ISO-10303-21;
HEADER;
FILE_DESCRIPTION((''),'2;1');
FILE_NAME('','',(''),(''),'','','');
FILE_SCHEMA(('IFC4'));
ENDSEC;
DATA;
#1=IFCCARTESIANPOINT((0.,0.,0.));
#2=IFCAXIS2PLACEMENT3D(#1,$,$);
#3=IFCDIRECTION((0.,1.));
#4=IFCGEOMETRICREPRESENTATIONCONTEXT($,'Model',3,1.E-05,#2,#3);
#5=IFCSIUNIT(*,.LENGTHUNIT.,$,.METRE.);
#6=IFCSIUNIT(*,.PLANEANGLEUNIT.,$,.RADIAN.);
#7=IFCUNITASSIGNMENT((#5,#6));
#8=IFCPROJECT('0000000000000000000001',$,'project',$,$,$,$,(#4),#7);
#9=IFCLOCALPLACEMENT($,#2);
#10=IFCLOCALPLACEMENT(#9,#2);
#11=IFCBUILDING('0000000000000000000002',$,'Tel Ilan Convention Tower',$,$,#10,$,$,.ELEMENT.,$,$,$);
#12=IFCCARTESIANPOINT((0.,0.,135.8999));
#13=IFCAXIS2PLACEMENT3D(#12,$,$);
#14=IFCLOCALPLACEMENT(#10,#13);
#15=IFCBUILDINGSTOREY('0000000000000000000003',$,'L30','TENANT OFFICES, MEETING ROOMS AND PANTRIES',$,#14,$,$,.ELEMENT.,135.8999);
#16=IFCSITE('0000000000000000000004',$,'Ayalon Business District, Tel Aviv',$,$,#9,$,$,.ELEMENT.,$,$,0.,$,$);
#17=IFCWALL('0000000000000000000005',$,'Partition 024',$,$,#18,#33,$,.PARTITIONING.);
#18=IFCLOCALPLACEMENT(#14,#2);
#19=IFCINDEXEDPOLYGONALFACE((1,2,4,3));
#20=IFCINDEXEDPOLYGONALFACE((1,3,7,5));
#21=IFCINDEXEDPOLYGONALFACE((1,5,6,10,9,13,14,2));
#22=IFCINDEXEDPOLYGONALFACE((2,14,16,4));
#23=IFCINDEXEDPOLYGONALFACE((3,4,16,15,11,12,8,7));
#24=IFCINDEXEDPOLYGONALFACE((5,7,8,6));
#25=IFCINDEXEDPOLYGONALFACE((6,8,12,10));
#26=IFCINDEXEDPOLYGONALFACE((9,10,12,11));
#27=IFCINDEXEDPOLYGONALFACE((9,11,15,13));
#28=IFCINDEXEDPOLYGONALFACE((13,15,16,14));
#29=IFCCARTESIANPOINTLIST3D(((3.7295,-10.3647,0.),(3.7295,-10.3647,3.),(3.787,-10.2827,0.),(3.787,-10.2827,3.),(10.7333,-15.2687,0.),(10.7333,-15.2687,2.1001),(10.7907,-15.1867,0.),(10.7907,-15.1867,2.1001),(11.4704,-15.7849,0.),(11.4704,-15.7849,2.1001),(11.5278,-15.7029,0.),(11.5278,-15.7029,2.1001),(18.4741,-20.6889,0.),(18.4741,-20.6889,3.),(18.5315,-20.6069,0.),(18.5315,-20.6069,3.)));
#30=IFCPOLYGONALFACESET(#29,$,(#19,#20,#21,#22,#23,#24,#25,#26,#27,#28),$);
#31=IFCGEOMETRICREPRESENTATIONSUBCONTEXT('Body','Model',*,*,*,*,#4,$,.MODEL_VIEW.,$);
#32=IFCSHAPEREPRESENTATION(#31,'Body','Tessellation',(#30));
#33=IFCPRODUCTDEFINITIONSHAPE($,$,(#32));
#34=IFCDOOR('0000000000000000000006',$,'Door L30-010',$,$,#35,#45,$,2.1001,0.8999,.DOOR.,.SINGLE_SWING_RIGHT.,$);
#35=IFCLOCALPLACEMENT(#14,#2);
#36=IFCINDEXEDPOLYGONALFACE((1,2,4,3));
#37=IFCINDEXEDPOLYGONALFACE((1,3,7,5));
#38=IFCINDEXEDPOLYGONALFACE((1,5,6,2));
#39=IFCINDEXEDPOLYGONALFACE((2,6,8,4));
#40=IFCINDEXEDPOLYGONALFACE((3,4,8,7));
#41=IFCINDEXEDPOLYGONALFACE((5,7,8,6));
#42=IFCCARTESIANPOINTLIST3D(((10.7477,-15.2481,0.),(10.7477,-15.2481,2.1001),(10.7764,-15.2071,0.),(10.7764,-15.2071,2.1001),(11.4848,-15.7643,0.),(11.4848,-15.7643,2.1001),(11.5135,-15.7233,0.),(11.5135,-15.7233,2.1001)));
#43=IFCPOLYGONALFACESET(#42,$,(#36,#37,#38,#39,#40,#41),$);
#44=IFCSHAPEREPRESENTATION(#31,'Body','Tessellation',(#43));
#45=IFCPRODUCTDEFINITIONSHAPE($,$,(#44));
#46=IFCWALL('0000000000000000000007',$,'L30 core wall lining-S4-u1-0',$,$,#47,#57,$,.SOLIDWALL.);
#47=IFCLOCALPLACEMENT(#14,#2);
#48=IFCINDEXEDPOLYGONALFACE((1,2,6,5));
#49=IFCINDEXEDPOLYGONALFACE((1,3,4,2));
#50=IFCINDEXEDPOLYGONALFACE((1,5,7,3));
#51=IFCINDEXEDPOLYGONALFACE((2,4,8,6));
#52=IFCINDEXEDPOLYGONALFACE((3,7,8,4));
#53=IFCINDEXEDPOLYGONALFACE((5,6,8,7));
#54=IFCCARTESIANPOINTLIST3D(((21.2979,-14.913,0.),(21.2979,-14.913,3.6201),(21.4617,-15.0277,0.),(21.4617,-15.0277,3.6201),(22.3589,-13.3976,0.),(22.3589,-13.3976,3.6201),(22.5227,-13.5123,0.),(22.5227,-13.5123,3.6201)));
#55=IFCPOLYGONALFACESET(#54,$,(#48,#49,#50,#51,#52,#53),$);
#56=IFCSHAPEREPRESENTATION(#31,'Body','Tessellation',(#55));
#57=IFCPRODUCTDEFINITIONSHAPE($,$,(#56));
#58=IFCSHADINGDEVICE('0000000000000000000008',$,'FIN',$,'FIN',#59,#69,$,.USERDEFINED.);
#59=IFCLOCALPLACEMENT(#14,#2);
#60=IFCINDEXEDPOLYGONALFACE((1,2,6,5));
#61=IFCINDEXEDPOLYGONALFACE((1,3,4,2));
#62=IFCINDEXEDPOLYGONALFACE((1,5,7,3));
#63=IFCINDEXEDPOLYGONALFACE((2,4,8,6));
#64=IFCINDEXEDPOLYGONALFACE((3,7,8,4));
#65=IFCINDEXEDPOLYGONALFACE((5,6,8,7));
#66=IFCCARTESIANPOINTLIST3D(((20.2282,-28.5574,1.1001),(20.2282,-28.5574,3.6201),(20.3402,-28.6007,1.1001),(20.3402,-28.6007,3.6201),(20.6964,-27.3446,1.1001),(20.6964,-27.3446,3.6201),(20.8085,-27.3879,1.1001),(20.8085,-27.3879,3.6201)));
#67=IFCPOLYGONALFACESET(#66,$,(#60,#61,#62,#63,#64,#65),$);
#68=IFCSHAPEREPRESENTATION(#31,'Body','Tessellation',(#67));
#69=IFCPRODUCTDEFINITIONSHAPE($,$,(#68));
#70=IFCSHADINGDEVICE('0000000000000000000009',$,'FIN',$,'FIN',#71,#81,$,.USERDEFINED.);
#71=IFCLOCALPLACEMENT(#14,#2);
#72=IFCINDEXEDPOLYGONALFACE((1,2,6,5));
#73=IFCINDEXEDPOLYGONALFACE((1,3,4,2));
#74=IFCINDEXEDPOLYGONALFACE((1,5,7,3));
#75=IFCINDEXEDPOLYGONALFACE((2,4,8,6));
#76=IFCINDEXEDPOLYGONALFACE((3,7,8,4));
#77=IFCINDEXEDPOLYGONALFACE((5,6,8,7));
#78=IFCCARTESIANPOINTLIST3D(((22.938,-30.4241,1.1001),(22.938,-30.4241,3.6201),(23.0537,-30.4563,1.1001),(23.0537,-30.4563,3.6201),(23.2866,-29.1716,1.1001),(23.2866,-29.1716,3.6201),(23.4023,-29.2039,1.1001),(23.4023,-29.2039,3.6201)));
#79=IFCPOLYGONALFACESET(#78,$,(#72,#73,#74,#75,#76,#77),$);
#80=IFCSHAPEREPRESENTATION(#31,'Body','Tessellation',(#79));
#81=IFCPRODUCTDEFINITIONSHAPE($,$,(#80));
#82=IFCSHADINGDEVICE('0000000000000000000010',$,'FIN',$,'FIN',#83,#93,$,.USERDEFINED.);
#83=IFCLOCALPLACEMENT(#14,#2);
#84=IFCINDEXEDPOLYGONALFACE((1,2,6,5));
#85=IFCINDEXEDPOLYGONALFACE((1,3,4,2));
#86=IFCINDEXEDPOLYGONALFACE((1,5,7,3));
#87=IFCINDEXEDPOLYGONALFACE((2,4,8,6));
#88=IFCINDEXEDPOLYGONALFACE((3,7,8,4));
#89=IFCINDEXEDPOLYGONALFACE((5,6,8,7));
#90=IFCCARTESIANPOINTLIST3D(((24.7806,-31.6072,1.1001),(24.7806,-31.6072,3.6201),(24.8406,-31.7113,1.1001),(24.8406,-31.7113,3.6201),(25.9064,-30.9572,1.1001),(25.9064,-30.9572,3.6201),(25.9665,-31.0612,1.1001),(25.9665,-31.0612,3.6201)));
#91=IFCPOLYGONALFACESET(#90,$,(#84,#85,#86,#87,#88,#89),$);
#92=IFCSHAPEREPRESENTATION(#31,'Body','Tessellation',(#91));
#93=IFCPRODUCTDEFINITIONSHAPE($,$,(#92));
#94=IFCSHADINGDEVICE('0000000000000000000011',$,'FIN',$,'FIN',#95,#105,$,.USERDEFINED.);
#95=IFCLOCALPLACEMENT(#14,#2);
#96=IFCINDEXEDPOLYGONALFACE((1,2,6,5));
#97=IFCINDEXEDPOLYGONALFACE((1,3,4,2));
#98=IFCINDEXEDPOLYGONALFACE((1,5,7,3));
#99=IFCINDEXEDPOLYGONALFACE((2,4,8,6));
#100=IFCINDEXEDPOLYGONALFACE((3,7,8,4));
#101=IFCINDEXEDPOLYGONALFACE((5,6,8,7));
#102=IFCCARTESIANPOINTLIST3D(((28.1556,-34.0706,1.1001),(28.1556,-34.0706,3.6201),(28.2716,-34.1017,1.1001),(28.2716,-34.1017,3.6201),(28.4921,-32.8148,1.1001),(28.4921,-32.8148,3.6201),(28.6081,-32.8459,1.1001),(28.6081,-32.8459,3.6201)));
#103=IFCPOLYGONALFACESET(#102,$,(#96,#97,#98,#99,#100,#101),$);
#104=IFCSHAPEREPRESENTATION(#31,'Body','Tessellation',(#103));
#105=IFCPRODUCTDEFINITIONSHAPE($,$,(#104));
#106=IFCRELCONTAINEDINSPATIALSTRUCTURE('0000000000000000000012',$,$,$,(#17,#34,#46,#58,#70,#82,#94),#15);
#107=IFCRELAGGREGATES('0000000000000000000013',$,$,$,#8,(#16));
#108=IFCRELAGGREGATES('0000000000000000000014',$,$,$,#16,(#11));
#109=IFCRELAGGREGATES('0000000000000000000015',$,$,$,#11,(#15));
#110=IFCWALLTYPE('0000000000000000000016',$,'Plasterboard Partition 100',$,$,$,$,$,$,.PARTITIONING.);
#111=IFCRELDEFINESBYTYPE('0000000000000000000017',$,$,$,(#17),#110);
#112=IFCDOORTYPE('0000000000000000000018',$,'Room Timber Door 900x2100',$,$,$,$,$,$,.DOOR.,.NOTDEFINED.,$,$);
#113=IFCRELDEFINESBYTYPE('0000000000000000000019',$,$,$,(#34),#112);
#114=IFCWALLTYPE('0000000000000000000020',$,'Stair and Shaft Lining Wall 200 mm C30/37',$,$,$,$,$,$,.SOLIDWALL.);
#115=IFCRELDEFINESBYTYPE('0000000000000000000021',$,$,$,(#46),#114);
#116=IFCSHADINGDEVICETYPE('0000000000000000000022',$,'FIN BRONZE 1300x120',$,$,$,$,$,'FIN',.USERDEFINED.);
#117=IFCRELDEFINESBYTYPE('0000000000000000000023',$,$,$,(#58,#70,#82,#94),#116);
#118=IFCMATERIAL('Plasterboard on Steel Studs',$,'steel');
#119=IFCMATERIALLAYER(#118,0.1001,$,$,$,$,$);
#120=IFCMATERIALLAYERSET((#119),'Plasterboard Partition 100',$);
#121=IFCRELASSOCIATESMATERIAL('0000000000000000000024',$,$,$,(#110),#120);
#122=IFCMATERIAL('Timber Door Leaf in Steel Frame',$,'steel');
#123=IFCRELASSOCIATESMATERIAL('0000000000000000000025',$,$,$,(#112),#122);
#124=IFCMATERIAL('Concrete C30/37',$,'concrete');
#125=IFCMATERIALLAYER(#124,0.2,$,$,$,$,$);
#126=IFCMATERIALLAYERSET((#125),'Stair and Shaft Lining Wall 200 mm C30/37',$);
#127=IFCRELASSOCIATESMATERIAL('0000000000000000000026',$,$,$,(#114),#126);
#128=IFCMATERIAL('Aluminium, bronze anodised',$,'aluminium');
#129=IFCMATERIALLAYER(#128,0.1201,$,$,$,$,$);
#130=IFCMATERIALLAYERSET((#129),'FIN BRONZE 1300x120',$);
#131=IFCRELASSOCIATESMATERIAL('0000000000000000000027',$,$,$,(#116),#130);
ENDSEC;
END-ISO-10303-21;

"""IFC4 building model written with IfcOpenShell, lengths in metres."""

from ifc_helpers import new_model, si_unit, direction, frame, frame_2d, origin, origin_2d, place, context, subcontext, project, spatial, rectangle, extrude, material, layer, layer_set, type_object, element, fill, save


model = new_model("IFC4")

# Units and contexts
model_context = context("Model", 3, precision=1e-05, world=origin(), true_north=direction((0.0, 1.0)))
body_context = subcontext(model_context, "Body", "Model", "MODEL_VIEW")
ifc_project = project(units=[si_unit("LENGTHUNIT", "METRE"), si_unit("PLANEANGLEUNIT", "RADIAN")], contexts=[model_context])

# Site, building, storey
site_placement = place(None, origin())
site = spatial("IfcSite", under=ifc_project, at=site_placement, Name="Ayalon Business District, Tel Aviv", CompositionType="ELEMENT", RefElevation=0.0)
building_placement = place(site_placement, origin())
building = spatial("IfcBuilding", under=site, at=building_placement, Name="Tel Ilan Convention Tower", CompositionType="ELEMENT")
storey_placement = place(building_placement, frame((0.0, 0.0, 135.8999)))
storey = spatial("IfcBuildingStorey", under=building, at=storey_placement, Name="L30", Description="TENANT OFFICES, MEETING ROOMS AND PANTRIES", CompositionType="ELEMENT", Elevation=135.8999)

# Wall, opening, door
ifc_material_1 = material(Name="Plasterboard on Steel Studs", Category="steel")
ifc_layer_1 = layer(ifc_material_1, 0.1001)
ifc_layer_set_1 = layer_set([ifc_layer_1], Name="Plasterboard Partition 100")
wall_type_1 = type_object("IfcWallType", Name="Plasterboard Partition 100", PredefinedType="PARTITIONING", material=ifc_layer_set_1)
wall_1_placement = place(storey_placement, frame((18.5029, -20.6479, 0.0), z_axis=(0.0, 0.0, 1.0), x_axis=(-0.819154, 0.573573, 0.0)))
wall_1 = element("IfcWall", 1, at=wall_1_placement, inside=storey, type_object=wall_type_1, Name="Partition 024", PredefinedType="PARTITIONING", context=body_context, shape_type="SweptSolid", body=[
    extrude(rectangle(XDim=17.9998, YDim=0.1001, at=frame_2d((9.0, 0.0))), origin(), (0.0, 0.0, 1.0), 3.0),
])
opening_1_placement = place(wall_1_placement, frame((8.55, 0.0, 0.0)))
opening_1 = element("IfcOpeningElement", 2, at=opening_1_placement, cuts=wall_1, PredefinedType="OPENING", context=body_context, shape_type="SweptSolid", body=[
    extrude(rectangle(XDim=0.8999, YDim=2.1001, at=frame_2d((0.45, 1.05))), frame((0.0, 0.0601, 0.0), z_axis=(0.0, -1.0, 0.0), x_axis=(1.0, 0.0, 0.0)), (0.0, 0.0, 1.0), 0.1201),
])
ifc_material_2 = material(Name="Timber Door Leaf in Steel Frame", Category="steel")
door_type_1 = type_object("IfcDoorType", Name="Room Timber Door 900x2100", OperationType="NOTDEFINED", PredefinedType="DOOR", material=ifc_material_2)
door_1_placement = place(opening_1_placement, origin())
door_1 = element("IfcDoor", 3, at=door_1_placement, inside=storey, type_object=door_type_1, Name="Door L30-010", OperationType="SINGLE_SWING_RIGHT", OverallHeight=2.1001, OverallWidth=0.8999, PredefinedType="DOOR", context=body_context, shape_type="SweptSolid", body=[
    extrude(rectangle(XDim=0.8999, YDim=2.1001, at=frame_2d((0.45, 1.05))), frame((0.0, 0.0249, 0.0), z_axis=(0.0, -1.0, 0.0), x_axis=(1.0, 0.0, 0.0)), (0.0, 0.0, 1.0), 0.05),
])
fill(opening_1, door_1)

# Wall
ifc_material_3 = material(Name="Concrete C30/37", Category="concrete")
ifc_layer_2 = layer(ifc_material_3, 0.2)
ifc_layer_set_2 = layer_set([ifc_layer_2], Name="Stair and Shaft Lining Wall 200 mm C30/37")
wall_type_2 = type_object("IfcWallType", Name="Stair and Shaft Lining Wall 200 mm C30/37", PredefinedType="SOLIDWALL", material=ifc_layer_set_2)
wall_2_placement = place(storey_placement, frame((21.3799, -14.9702, 0.0), z_axis=(0.0, 0.0, 1.0), x_axis=(0.57356, 0.819164, 0.0)))
element("IfcWall", 4, at=wall_2_placement, inside=storey, type_object=wall_type_2, Name="L30 core wall lining-S4-u1-0", PredefinedType="SOLIDWALL", context=body_context, shape_type="SweptSolid", body=[
    extrude(rectangle(XDim=1.8499, YDim=0.2, at=frame_2d((0.9248, 0.0))), origin(), (0.0, 0.0, 1.0), 3.6201),
])

# Shading devices
ifc_material_4 = material(Name="Aluminium, bronze anodised", Category="aluminium")
ifc_layer_3 = layer(ifc_material_4, 0.1201)
ifc_layer_set_3 = layer_set([ifc_layer_3], Name="FIN BRONZE 1300x120")
shading_device_type = type_object("IfcShadingDeviceType", Name="FIN BRONZE 1300x120", ElementType="FIN", PredefinedType="USERDEFINED", material=ifc_layer_set_3)
for number, where, z_axis, x_axis, name in (
    (5, (20.5183, -27.9727, 1.1001), (0.0, 0.0, 1.0), (-0.360178, -0.932884, 0.0), "FIN"),
    (6, (23.1702, -29.814, 1.1001), (0.0, 0.0, 1.0), (-0.268173, -0.963371, 0.0), "FIN"),
    (7, (25.3735, -31.3342, 1.1001), (0.0, 0.0, 1.0), (-0.866025, -0.5, 0.0), "FIN"),
    (8, (28.3818, -33.4583, 1.1001), (0.0, 0.0, 1.0), (-0.258819, -0.965926, 0.0), "FIN"),
):
    element("IfcShadingDevice", number, at=place(storey_placement, frame(where, z_axis=z_axis, x_axis=x_axis)), inside=storey, type_object=shading_device_type, Name=name, ObjectType="FIN", PredefinedType="USERDEFINED", context=body_context, shape_type="SweptSolid", body=[
        extrude(rectangle(XDim=1.3, YDim=0.1201, at=origin_2d()), origin(), (0.0, 0.0, 1.0), 2.52),
    ])

save(model, "model.ifc")
